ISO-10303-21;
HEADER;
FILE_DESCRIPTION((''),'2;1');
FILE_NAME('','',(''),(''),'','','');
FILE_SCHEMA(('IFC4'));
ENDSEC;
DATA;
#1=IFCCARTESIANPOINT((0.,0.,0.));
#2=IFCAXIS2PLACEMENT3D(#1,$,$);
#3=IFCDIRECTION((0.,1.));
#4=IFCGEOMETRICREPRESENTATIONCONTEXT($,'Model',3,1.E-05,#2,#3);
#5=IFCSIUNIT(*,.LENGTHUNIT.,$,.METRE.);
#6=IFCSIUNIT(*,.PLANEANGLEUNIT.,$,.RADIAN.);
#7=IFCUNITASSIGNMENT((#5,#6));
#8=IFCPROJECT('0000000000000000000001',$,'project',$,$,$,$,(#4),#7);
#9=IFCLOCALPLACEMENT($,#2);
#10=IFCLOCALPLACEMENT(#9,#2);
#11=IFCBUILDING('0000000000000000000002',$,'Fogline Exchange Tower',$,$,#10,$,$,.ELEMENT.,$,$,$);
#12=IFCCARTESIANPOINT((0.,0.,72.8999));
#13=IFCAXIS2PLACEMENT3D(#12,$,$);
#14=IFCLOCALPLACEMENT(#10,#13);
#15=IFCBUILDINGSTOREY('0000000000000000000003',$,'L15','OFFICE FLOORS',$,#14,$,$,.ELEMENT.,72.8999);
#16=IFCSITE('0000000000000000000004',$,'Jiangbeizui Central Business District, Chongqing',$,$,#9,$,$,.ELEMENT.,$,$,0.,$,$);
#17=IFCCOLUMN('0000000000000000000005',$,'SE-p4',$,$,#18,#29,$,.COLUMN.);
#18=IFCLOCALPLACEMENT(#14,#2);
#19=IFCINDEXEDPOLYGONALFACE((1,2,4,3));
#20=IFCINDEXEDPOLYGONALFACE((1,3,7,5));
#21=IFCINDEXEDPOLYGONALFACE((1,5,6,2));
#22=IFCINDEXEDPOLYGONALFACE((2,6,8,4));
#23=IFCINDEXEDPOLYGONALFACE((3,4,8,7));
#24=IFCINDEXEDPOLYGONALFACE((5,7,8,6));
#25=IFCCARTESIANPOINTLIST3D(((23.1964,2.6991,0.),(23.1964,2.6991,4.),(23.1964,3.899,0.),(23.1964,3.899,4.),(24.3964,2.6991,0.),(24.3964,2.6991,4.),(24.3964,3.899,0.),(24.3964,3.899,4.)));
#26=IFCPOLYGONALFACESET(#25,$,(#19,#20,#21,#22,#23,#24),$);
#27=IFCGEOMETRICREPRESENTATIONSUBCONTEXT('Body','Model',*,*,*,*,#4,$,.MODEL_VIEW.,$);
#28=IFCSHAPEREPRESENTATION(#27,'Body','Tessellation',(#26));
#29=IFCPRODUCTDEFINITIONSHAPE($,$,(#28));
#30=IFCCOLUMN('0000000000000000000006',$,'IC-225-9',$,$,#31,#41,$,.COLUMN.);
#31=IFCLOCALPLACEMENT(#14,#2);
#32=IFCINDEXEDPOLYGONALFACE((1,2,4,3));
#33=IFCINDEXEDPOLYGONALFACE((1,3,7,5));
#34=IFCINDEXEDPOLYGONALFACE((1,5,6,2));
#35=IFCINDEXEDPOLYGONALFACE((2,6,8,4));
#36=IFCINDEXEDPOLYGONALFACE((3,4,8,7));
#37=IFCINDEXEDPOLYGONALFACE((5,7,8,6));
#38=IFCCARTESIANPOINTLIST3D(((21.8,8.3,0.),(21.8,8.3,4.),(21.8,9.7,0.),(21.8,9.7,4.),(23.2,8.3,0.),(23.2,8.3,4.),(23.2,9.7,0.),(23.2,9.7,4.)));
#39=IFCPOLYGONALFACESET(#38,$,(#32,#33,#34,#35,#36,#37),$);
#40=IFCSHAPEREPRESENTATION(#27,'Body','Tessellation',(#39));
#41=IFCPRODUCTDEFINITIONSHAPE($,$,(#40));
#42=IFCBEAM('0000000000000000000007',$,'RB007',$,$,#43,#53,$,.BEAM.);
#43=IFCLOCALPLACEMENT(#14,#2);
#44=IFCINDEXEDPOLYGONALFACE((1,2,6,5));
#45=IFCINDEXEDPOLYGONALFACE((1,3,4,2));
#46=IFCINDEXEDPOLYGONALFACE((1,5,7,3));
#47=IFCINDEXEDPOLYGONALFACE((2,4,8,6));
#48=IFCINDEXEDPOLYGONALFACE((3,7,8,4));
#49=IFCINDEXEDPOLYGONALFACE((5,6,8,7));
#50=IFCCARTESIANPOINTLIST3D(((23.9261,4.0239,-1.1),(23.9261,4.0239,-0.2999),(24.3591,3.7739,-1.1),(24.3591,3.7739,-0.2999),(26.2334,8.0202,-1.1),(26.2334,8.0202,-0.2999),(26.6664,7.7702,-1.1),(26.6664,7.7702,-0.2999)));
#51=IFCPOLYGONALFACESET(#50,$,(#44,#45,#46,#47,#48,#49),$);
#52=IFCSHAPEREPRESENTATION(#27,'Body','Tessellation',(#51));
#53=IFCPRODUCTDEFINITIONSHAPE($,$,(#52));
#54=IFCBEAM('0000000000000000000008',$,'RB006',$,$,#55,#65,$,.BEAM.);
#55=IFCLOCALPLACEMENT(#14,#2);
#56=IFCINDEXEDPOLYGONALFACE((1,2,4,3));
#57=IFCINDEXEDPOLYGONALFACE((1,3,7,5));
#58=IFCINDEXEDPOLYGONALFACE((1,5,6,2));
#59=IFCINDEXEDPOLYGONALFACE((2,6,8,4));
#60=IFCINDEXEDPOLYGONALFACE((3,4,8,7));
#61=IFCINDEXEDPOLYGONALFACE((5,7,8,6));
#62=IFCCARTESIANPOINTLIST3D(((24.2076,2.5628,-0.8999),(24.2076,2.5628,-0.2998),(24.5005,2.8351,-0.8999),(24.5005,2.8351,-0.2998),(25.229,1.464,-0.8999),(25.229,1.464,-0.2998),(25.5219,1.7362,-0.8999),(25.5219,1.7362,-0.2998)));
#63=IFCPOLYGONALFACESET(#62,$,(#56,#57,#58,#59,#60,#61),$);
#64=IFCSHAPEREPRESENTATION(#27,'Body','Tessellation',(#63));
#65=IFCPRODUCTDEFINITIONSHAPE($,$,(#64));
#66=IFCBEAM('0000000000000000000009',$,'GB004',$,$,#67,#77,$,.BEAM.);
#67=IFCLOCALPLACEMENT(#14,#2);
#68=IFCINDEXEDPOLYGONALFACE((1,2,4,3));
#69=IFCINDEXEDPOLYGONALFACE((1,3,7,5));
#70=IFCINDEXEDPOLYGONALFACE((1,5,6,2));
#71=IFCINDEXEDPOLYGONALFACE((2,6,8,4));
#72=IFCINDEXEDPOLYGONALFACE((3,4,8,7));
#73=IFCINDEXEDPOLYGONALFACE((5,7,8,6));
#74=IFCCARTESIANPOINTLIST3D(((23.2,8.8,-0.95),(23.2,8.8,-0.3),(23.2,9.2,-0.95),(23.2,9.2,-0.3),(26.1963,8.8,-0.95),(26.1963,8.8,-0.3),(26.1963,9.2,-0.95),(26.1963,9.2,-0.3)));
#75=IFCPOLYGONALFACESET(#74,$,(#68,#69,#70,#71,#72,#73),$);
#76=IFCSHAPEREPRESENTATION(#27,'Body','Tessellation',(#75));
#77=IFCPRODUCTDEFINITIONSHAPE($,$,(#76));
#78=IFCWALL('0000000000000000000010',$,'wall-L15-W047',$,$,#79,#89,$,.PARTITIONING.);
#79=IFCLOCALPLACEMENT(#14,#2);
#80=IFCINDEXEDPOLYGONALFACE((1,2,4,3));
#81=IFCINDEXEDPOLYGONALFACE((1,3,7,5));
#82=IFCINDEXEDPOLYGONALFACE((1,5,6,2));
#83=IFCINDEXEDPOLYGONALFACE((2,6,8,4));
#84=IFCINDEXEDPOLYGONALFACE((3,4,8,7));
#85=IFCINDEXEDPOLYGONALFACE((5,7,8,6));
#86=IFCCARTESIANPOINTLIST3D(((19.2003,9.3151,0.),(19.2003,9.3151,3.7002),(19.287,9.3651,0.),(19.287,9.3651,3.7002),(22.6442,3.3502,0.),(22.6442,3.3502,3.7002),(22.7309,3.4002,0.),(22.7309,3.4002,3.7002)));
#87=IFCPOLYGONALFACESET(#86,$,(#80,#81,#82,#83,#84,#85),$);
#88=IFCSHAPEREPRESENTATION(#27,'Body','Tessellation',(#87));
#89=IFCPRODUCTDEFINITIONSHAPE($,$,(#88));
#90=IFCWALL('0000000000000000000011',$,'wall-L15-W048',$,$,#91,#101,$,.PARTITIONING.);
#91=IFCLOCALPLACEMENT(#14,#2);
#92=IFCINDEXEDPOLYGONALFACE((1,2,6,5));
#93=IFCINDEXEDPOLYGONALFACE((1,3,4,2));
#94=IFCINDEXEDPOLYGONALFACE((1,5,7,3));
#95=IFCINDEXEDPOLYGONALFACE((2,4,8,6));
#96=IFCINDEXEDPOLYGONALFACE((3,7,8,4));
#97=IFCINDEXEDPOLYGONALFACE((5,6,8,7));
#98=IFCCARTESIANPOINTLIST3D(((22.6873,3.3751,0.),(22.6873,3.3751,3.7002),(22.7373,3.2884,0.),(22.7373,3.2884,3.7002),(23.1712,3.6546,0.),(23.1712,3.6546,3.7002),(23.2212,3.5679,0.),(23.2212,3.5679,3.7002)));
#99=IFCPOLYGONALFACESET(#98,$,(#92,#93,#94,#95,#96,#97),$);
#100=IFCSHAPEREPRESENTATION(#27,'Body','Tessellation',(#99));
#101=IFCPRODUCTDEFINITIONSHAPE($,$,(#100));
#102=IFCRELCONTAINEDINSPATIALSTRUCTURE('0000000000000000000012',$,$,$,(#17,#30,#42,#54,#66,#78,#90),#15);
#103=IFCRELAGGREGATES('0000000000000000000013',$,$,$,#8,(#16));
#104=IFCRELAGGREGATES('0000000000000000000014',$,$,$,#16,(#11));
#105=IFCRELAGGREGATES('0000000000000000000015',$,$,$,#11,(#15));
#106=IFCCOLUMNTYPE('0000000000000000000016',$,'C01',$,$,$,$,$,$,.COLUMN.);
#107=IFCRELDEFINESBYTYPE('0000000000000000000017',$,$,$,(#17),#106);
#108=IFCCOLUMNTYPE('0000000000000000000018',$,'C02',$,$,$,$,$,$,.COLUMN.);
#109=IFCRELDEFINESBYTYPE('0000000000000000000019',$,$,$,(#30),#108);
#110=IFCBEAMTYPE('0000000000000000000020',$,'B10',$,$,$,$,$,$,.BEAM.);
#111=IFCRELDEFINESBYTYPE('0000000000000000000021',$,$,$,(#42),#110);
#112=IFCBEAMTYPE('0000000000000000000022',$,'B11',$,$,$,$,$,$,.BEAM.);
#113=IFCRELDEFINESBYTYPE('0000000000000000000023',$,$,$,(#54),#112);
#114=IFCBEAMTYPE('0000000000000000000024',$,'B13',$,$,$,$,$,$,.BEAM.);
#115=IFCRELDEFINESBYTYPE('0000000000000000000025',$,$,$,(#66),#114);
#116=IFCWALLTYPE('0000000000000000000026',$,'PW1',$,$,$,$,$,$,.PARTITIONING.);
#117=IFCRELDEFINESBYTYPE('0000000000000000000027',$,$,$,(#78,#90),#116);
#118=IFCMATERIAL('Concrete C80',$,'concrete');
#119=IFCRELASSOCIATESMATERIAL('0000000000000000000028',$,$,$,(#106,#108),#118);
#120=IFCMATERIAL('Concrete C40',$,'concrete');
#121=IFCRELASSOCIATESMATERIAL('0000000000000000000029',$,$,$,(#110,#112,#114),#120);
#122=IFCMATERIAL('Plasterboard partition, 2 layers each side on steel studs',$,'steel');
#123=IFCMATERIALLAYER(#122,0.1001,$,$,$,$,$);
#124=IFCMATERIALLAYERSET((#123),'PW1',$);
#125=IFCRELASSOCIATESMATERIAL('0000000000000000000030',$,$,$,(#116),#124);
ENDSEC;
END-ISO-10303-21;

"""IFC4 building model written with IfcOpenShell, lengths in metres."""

from ifc_helpers import new_model, si_unit, direction, frame, frame_2d, origin, origin_2d, place, context, subcontext, project, spatial, rectangle, extrude, material, layer, layer_set, material_profile, profile_set, type_object, element, save


model = new_model("IFC4")

# Units and contexts
model_context = context("Model", 3, precision=1e-05, world=origin(), true_north=direction((0.0, 1.0)))
body_context = subcontext(model_context, "Body", "Model", "MODEL_VIEW")
ifc_project = project(units=[si_unit("LENGTHUNIT", "METRE"), si_unit("PLANEANGLEUNIT", "RADIAN")], contexts=[model_context])

# Site, building, storey
site_placement = place(None, origin())
site = spatial("IfcSite", under=ifc_project, at=site_placement, Name="Jiangbeizui Central Business District, Chongqing", CompositionType="ELEMENT", RefElevation=0.0)
building_placement = place(site_placement, origin())
building = spatial("IfcBuilding", under=site, at=building_placement, Name="Fogline Exchange Tower", CompositionType="ELEMENT")
storey_placement = place(building_placement, frame((0.0, 0.0, 72.8999)))
storey = spatial("IfcBuildingStorey", under=building, at=storey_placement, Name="L15", Description="OFFICE FLOORS", CompositionType="ELEMENT", Elevation=72.8999)

# Columns
ifc_material_1 = material(Name="Concrete C80", Category="concrete")
ifc_material_profile_1 = material_profile(ifc_material_1, rectangle(XDim=1.2, YDim=1.2, at=origin_2d()), Name="RC 1200x1200")
ifc_profile_set_1 = profile_set([ifc_material_profile_1], Name="Concrete C80")
column_type_1 = type_object("IfcColumnType", Name="C01", PredefinedType="COLUMN", material=ifc_profile_set_1)
column_1_placement = place(storey_placement, frame((23.7964, 3.2991, 0.0), z_axis=(0.0, 0.0, 1.0), x_axis=(1.0, 0.0, 0.0)))
element("IfcColumn", 1, at=column_1_placement, inside=storey, type_object=column_type_1, Name="SE-p4", PredefinedType="COLUMN", context=body_context, shape_type="SweptSolid", body=[
    extrude(rectangle(XDim=1.2, YDim=1.2, at=origin_2d()), origin(), (0.0, 0.0, 1.0), 4.0),
])
ifc_material_profile_2 = material_profile(ifc_material_1, rectangle(XDim=1.3999, YDim=1.3999, at=origin_2d()), Name="RC 1400x1400")
ifc_profile_set_2 = profile_set([ifc_material_profile_2], Name="Concrete C80")
column_type_2 = type_object("IfcColumnType", Name="C02", PredefinedType="COLUMN", material=ifc_profile_set_2)
column_2_placement = place(storey_placement, frame((22.5, 9.0, 0.0), z_axis=(0.0, 0.0, 1.0), x_axis=(1.0, 0.0, 0.0)))
element("IfcColumn", 2, at=column_2_placement, inside=storey, type_object=column_type_2, Name="IC-225-9", PredefinedType="COLUMN", context=body_context, shape_type="SweptSolid", body=[
    extrude(rectangle(XDim=1.3999, YDim=1.3999, at=origin_2d()), origin(), (0.0, 0.0, 1.0), 4.0),
])

# Beams
ifc_material_2 = material(Name="Concrete C40", Category="concrete")
ifc_material_profile_3 = material_profile(ifc_material_2, rectangle(XDim=0.5, YDim=0.8, at=origin_2d()), Name="RC 500x800")
ifc_profile_set_3 = profile_set([ifc_material_profile_3], Name="Concrete C40")
beam_type_1 = type_object("IfcBeamType", Name="B10", PredefinedType="BEAM", material=ifc_profile_set_3)
beam_1_placement = place(storey_placement, frame((24.1426, 3.8989, -0.7), z_axis=(0.500014, 0.866017, 0.0), x_axis=(-0.866017, 0.500014, 0.0)))
element("IfcBeam", 3, at=beam_1_placement, inside=storey, type_object=beam_type_1, Name="RB007", PredefinedType="BEAM", context=body_context, shape_type="SweptSolid", body=[
    extrude(rectangle(XDim=0.5, YDim=0.8, at=origin_2d()), origin(), (0.0, 0.0, 1.0), 4.6145),
])
ifc_material_profile_4 = material_profile(ifc_material_2, rectangle(XDim=0.3999, YDim=0.6001, at=origin_2d()), Name="RC 400x600")
ifc_profile_set_4 = profile_set([ifc_material_profile_4], Name="Concrete C40")
beam_type_2 = type_object("IfcBeamType", Name="B11", PredefinedType="BEAM", material=ifc_profile_set_4)
beam_2_placement = place(storey_placement, frame((25.3755, 1.6001, -0.5999), z_axis=(-0.680844, 0.732428, 0.0), x_axis=(-0.732428, -0.680844, 0.0)))
element("IfcBeam", 4, at=beam_2_placement, inside=storey, type_object=beam_type_2, Name="RB006", PredefinedType="BEAM", context=body_context, shape_type="SweptSolid", body=[
    extrude(rectangle(XDim=0.3999, YDim=0.6001, at=origin_2d()), origin(), (0.0, 0.0, 1.0), 1.5002),
])
ifc_material_profile_5 = material_profile(ifc_material_2, rectangle(XDim=0.3999, YDim=0.6499, at=origin_2d()), Name="RC 400x650")
ifc_profile_set_5 = profile_set([ifc_material_profile_5], Name="Concrete C40")
beam_type_3 = type_object("IfcBeamType", Name="B13", PredefinedType="BEAM", material=ifc_profile_set_5)
beam_3_placement = place(storey_placement, frame((23.2, 9.0, -0.625), z_axis=(1.0, 0.0, 0.0), x_axis=(0.0, 1.0, 0.0)))
element("IfcBeam", 5, at=beam_3_placement, inside=storey, type_object=beam_type_3, Name="GB004", PredefinedType="BEAM", context=body_context, shape_type="SweptSolid", body=[
    extrude(rectangle(XDim=0.3999, YDim=0.6499, at=origin_2d()), origin(), (0.0, 0.0, 1.0), 2.9963),
])

# Walls
ifc_material_3 = material(Name="Plasterboard partition, 2 layers each side on steel studs", Category="steel")
ifc_layer_1 = layer(ifc_material_3, 0.1001)
ifc_layer_set_1 = layer_set([ifc_layer_1], Name="PW1")
wall_type_1 = type_object("IfcWallType", Name="PW1", PredefinedType="PARTITIONING", material=ifc_layer_set_1)
wall_1_placement = place(storey_placement, frame((19.2437, 9.3401, 0.0), z_axis=(0.0, 0.0, 1.0), x_axis=(0.500005, -0.866023, 0.0)))
element("IfcWall", 6, at=wall_1_placement, inside=storey, type_object=wall_type_1, Name="wall-L15-W047", PredefinedType="PARTITIONING", context=body_context, shape_type="SweptSolid", body=[
    extrude(rectangle(XDim=6.8877, YDim=0.1001, at=frame_2d((3.4438, 0.0))), origin(), (0.0, 0.0, 1.0), 3.7002),
])
wall_2_placement = place(storey_placement, frame((22.7124, 3.3318, 0.0), z_axis=(0.0, 0.0, 1.0), x_axis=(0.865895, 0.500227, 0.0)))
element("IfcWall", 7, at=wall_2_placement, inside=storey, type_object=wall_type_1, Name="wall-L15-W048", PredefinedType="PARTITIONING", context=body_context, shape_type="SweptSolid", body=[
    extrude(rectangle(XDim=0.5588, YDim=0.1001, at=frame_2d((0.2793, 0.0))), origin(), (0.0, 0.0, 1.0), 3.7002),
])

save(model, "model.ifc")
